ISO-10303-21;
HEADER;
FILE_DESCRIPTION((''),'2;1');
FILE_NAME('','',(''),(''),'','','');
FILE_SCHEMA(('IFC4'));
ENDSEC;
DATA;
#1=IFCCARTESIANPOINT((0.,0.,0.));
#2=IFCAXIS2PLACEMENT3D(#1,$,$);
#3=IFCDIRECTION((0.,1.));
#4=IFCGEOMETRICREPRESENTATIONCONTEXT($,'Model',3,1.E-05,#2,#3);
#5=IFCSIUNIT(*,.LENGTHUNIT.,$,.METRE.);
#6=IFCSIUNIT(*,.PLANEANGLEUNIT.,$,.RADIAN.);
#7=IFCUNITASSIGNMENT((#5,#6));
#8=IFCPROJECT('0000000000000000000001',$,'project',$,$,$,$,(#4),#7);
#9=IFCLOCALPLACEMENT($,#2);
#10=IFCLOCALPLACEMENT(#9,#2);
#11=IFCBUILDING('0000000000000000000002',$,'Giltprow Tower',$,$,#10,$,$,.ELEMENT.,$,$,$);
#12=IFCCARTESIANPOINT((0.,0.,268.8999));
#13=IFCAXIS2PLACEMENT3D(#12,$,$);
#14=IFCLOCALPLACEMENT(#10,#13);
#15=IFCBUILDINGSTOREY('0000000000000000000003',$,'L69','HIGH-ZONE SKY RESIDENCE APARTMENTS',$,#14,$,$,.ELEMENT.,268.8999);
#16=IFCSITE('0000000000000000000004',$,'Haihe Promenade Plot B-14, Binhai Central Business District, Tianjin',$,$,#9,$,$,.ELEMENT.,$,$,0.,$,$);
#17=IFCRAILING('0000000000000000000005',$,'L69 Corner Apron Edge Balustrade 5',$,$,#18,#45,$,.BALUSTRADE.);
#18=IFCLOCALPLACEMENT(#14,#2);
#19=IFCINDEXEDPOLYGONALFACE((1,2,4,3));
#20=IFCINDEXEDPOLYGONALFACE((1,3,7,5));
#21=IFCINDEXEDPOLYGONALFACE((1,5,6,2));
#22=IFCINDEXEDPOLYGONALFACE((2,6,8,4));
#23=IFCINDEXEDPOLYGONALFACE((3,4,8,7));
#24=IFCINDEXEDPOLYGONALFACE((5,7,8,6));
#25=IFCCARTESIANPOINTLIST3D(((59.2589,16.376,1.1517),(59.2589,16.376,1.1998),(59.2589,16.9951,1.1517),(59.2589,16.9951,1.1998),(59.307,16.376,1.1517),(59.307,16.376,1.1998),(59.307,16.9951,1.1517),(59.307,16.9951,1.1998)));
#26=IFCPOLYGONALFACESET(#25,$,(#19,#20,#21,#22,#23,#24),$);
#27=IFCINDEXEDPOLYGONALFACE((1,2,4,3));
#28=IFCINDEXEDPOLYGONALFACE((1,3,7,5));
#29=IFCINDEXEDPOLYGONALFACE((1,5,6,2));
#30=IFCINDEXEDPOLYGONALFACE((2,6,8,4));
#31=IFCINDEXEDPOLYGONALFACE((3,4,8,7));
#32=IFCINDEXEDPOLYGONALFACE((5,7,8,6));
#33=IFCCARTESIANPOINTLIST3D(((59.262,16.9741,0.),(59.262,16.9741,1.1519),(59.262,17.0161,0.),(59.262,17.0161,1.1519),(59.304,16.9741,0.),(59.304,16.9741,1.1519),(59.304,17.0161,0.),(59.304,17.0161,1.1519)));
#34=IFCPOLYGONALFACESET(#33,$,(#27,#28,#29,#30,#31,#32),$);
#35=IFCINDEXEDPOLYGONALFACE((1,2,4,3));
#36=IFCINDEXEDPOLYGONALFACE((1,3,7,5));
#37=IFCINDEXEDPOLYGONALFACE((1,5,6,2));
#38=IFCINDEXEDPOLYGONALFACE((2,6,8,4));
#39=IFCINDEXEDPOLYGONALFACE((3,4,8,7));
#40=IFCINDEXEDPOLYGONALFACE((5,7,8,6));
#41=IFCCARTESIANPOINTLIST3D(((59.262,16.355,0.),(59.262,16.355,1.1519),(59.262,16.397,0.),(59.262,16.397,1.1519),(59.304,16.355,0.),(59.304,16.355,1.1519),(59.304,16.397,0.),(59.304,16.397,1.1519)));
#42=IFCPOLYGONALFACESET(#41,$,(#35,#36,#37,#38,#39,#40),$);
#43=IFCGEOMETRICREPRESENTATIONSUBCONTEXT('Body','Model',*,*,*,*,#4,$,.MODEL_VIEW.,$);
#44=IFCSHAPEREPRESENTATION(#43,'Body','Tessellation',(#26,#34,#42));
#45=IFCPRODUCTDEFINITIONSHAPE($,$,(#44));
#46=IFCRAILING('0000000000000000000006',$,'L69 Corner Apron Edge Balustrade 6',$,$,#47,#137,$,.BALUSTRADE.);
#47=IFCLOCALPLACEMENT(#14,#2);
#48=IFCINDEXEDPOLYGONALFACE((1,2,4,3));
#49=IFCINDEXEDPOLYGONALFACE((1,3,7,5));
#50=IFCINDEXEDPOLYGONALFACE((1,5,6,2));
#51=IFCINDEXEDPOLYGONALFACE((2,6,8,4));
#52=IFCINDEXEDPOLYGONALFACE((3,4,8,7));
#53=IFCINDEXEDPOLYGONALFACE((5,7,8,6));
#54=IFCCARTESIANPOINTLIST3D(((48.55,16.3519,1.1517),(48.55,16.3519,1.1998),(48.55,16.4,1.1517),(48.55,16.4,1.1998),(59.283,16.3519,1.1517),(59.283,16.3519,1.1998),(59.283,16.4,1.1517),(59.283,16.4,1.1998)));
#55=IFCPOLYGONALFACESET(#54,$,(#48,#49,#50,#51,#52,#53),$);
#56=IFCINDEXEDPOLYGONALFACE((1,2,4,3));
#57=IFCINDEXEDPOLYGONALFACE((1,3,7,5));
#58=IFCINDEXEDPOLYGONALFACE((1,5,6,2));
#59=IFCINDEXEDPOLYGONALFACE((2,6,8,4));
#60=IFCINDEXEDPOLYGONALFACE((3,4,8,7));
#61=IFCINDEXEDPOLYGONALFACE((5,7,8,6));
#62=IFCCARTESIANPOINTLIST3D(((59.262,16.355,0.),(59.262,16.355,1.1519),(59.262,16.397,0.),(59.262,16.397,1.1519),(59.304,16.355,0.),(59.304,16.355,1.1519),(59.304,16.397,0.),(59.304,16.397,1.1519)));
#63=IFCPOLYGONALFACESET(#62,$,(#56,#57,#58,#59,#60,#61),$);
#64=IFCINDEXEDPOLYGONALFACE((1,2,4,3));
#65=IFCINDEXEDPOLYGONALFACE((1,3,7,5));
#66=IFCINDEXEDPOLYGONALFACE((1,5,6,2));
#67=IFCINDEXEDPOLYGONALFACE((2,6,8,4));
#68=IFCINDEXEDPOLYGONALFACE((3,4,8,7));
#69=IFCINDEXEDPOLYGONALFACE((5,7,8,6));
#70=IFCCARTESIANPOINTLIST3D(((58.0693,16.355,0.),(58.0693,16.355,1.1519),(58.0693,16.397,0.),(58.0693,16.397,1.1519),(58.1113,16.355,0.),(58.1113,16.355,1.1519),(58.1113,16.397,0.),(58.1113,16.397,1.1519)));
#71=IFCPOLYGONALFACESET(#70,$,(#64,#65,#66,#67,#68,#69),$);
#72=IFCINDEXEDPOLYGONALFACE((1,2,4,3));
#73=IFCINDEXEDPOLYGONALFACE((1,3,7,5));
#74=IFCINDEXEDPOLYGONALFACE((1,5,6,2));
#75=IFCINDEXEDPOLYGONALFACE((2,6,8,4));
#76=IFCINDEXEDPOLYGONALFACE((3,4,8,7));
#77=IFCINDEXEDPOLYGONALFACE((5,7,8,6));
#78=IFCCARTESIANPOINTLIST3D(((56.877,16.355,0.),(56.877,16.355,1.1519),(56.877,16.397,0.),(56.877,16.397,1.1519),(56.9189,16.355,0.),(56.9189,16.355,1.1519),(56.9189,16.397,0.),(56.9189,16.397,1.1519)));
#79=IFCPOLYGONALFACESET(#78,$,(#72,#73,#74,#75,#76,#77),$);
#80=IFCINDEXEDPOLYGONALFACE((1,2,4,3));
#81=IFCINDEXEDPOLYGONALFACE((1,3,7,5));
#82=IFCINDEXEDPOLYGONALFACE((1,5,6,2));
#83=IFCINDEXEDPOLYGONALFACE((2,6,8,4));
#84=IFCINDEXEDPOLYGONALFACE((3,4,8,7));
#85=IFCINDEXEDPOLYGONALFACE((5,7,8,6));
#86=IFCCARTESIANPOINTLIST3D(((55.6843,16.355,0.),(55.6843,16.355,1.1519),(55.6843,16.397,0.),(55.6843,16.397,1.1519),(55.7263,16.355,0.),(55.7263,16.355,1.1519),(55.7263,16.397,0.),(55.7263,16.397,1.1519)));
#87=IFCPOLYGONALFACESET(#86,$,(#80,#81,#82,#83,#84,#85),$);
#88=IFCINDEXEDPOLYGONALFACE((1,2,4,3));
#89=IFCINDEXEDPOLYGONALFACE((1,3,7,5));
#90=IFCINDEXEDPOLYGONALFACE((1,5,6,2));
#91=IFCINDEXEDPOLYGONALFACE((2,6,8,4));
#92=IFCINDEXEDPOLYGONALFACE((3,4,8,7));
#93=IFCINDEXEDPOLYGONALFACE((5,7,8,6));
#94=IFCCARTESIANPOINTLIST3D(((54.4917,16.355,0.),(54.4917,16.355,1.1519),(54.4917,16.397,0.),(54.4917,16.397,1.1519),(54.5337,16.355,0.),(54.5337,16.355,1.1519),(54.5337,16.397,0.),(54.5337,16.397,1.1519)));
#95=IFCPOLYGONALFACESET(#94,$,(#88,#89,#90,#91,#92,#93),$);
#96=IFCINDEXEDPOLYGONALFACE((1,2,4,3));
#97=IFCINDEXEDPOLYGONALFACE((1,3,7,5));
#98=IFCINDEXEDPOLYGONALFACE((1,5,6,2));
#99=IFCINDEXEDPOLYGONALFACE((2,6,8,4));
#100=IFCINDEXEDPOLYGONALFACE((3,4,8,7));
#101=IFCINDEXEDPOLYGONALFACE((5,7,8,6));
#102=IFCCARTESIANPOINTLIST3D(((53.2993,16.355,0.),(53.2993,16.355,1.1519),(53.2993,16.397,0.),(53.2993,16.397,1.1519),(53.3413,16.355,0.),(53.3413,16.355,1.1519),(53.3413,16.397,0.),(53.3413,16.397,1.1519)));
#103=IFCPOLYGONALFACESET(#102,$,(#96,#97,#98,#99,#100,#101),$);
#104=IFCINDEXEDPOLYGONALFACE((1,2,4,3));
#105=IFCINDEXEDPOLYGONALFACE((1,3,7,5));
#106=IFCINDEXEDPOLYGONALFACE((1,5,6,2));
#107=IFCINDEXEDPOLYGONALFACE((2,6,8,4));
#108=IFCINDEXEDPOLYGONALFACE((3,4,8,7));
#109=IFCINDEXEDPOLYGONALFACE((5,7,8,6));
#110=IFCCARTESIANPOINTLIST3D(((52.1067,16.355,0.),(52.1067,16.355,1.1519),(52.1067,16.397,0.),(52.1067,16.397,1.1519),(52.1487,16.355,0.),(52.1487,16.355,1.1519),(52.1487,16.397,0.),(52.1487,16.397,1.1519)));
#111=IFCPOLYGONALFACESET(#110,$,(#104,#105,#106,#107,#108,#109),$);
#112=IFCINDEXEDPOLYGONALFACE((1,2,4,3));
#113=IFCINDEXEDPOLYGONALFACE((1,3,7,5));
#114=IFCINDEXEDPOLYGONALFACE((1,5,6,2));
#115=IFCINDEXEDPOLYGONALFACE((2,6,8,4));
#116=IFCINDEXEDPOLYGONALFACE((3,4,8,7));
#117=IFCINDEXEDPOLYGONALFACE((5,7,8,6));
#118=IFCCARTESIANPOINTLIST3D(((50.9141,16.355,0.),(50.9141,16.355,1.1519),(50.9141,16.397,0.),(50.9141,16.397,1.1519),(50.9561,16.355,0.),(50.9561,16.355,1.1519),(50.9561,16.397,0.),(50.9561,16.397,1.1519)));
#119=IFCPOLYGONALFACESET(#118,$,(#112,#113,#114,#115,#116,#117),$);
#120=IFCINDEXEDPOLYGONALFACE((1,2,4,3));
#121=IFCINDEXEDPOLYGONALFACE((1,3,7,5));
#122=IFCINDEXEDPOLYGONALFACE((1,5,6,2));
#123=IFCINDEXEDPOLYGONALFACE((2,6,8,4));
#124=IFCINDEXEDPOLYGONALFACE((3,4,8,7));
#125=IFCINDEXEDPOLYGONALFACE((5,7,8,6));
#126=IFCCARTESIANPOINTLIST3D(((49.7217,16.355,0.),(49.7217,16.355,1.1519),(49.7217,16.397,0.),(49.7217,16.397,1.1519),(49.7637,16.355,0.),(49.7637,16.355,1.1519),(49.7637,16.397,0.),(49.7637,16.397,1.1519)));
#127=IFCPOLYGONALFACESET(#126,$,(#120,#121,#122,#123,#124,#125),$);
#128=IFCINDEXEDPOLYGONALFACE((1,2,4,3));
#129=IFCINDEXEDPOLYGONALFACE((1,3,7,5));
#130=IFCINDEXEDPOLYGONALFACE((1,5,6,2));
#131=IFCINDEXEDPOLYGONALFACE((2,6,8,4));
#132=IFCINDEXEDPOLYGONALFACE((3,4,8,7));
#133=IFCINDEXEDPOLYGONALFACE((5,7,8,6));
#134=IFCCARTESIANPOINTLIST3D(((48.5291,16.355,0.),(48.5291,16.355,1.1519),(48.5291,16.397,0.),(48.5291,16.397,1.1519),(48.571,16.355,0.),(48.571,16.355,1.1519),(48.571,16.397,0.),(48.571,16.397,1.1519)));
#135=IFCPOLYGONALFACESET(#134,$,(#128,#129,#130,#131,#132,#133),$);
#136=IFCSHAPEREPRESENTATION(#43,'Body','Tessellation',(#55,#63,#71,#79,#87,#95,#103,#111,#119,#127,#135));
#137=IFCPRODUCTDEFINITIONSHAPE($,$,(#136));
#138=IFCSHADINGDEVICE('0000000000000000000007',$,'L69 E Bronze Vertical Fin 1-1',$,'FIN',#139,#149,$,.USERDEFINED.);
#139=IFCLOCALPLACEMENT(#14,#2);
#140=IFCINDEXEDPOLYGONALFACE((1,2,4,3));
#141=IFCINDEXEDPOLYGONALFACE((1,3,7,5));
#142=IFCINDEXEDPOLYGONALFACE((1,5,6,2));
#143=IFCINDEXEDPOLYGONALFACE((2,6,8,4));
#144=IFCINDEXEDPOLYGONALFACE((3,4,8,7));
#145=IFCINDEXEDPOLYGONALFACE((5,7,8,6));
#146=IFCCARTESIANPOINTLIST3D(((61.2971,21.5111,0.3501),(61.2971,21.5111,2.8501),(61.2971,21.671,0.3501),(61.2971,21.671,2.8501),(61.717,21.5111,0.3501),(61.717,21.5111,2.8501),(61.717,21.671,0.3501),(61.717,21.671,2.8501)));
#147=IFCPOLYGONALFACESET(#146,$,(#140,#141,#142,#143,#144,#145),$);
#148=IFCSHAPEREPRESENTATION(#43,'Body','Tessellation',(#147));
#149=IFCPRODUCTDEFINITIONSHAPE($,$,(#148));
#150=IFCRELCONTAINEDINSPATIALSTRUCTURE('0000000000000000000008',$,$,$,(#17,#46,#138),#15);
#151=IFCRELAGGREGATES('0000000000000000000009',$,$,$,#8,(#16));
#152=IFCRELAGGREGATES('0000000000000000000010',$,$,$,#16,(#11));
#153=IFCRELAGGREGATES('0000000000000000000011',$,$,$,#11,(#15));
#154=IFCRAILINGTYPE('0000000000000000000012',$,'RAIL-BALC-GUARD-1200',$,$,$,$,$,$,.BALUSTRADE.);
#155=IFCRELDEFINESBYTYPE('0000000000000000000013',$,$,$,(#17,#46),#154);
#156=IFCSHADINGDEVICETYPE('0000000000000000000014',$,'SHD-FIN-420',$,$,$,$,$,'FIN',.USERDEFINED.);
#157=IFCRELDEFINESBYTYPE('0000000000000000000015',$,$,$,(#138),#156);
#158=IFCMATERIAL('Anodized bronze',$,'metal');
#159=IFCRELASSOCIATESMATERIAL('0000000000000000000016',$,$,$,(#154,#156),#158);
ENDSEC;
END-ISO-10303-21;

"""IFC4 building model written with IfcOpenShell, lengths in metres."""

from ifc_helpers import new_model, si_unit, direction, frame, origin, origin_2d, place, context, subcontext, project, spatial, rectangle, extrude, source, transform, mapped, material, type_object, element, save


model = new_model("IFC4")

# Units and contexts
model_context = context("Model", 3, precision=1e-05, world=origin(), true_north=direction((0.0, 1.0)))
body_context = subcontext(model_context, "Body", "Model", "MODEL_VIEW")
ifc_project = project(units=[si_unit("LENGTHUNIT", "METRE"), si_unit("PLANEANGLEUNIT", "RADIAN")], contexts=[model_context])

# Site, building, storey
site_placement = place(None, origin())
site = spatial("IfcSite", under=ifc_project, at=site_placement, Name="Haihe Promenade Plot B-14, Binhai Central Business District, Tianjin", CompositionType="ELEMENT", RefElevation=0.0)
building_placement = place(site_placement, origin())
building = spatial("IfcBuilding", under=site, at=building_placement, Name="Giltprow Tower", CompositionType="ELEMENT")
storey_placement = place(building_placement, frame((0.0, 0.0, 268.8999)))
storey = spatial("IfcBuildingStorey", under=building, at=storey_placement, Name="L69", Description="HIGH-ZONE SKY RESIDENCE APARTMENTS", CompositionType="ELEMENT", Elevation=268.8999)

# Shared definitions
ifc_material_1 = material(Name="Anodized bronze", Category="metal")

# Railings
railing_type = type_object("IfcRailingType", Name="RAIL-BALC-GUARD-1200", PredefinedType="BALUSTRADE", material=ifc_material_1)
railing_1_placement = place(storey_placement, frame((59.283, 16.9951, 0.0)))
element("IfcRailing", 1, at=railing_1_placement, inside=storey, type_object=railing_type, Name="L69 Corner Apron Edge Balustrade 5", PredefinedType="BALUSTRADE", context=body_context, shape_type="SweptSolid", body=[
    extrude(rectangle(XDim=0.0481, YDim=0.0481, at=origin_2d()), frame((0.0, 0.0, 1.1758), z_axis=(0.0, -1.0, 0.0), x_axis=(1.0, 0.0, 0.0)), (0.0, 0.0, 1.0), 0.6191),
    extrude(rectangle(XDim=0.042, YDim=0.042, at=origin_2d()), origin(), (0.0, 0.0, 1.0), 1.1519),
    extrude(rectangle(XDim=0.042, YDim=0.042, at=origin_2d()), frame((0.0, -0.6191, 0.0)), (0.0, 0.0, 1.0), 1.1519),
])
railing_2_placement = place(storey_placement, frame((59.283, 16.376, 0.0)))
element("IfcRailing", 2, at=railing_2_placement, inside=storey, type_object=railing_type, Name="L69 Corner Apron Edge Balustrade 6", PredefinedType="BALUSTRADE", context=body_context, shape_type="SweptSolid", body=[
    extrude(rectangle(XDim=0.0481, YDim=0.0481, at=origin_2d()), frame((0.0, 0.0, 1.1758), z_axis=(-1.0, 0.0, 0.0), x_axis=(0.0, -1.0, 0.0)), (0.0, 0.0, 1.0), 10.7329),
    extrude(rectangle(XDim=0.042, YDim=0.042, at=origin_2d()), origin(), (0.0, 0.0, 1.0), 1.1519),
    extrude(rectangle(XDim=0.042, YDim=0.042, at=origin_2d()), frame((-1.1926, 0.0, 0.0)), (0.0, 0.0, 1.0), 1.1519),
    extrude(rectangle(XDim=0.042, YDim=0.042, at=origin_2d()), frame((-2.385, 0.0, 0.0)), (0.0, 0.0, 1.0), 1.1519),
    extrude(rectangle(XDim=0.042, YDim=0.042, at=origin_2d()), frame((-3.5776, 0.0, 0.0)), (0.0, 0.0, 1.0), 1.1519),
    extrude(rectangle(XDim=0.042, YDim=0.042, at=origin_2d()), frame((-4.7703, 0.0, 0.0)), (0.0, 0.0, 1.0), 1.1519),
    extrude(rectangle(XDim=0.042, YDim=0.042, at=origin_2d()), frame((-5.9626, 0.0, 0.0)), (0.0, 0.0, 1.0), 1.1519),
    extrude(rectangle(XDim=0.042, YDim=0.042, at=origin_2d()), frame((-7.1553, 0.0, 0.0)), (0.0, 0.0, 1.0), 1.1519),
    extrude(rectangle(XDim=0.042, YDim=0.042, at=origin_2d()), frame((-8.3479, 0.0, 0.0)), (0.0, 0.0, 1.0), 1.1519),
    extrude(rectangle(XDim=0.042, YDim=0.042, at=origin_2d()), frame((-9.5403, 0.0, 0.0)), (0.0, 0.0, 1.0), 1.1519),
    extrude(rectangle(XDim=0.042, YDim=0.042, at=origin_2d()), frame((-10.7329, 0.0, 0.0)), (0.0, 0.0, 1.0), 1.1519),
])

# Shading device
shading_device_type = type_object("IfcShadingDeviceType", Name="SHD-FIN-420", ElementType="FIN", PredefinedType="USERDEFINED", material=ifc_material_1)
shared_shape_1 = source(origin(), body_context, "Body", "SweptSolid", [
    extrude(rectangle(XDim=0.4199, YDim=0.1599, at=origin_2d()), origin(), (0.0, 0.0, 1.0), 2.5),
])
shading_device_placement = place(storey_placement, frame((61.5071, 21.5911, 0.3501), z_axis=(0.0, 0.0, 1.0), x_axis=(1.0, 0.0, 0.0)))
element("IfcShadingDevice", 3, at=shading_device_placement, inside=storey, type_object=shading_device_type, Name="L69 E Bronze Vertical Fin 1-1", ObjectType="FIN", PredefinedType="USERDEFINED", context=body_context, shape_type="MappedRepresentation", body=[
    mapped(shared_shape_1, transform((0.0, 0.0, 0.0), x_axis=(1.0, 0.0, 0.0), y_axis=(0.0, 1.0, 0.0), z_axis=(0.0, 0.0, 1.0), scale=1.0)),
])

save(model, "model.ifc")
